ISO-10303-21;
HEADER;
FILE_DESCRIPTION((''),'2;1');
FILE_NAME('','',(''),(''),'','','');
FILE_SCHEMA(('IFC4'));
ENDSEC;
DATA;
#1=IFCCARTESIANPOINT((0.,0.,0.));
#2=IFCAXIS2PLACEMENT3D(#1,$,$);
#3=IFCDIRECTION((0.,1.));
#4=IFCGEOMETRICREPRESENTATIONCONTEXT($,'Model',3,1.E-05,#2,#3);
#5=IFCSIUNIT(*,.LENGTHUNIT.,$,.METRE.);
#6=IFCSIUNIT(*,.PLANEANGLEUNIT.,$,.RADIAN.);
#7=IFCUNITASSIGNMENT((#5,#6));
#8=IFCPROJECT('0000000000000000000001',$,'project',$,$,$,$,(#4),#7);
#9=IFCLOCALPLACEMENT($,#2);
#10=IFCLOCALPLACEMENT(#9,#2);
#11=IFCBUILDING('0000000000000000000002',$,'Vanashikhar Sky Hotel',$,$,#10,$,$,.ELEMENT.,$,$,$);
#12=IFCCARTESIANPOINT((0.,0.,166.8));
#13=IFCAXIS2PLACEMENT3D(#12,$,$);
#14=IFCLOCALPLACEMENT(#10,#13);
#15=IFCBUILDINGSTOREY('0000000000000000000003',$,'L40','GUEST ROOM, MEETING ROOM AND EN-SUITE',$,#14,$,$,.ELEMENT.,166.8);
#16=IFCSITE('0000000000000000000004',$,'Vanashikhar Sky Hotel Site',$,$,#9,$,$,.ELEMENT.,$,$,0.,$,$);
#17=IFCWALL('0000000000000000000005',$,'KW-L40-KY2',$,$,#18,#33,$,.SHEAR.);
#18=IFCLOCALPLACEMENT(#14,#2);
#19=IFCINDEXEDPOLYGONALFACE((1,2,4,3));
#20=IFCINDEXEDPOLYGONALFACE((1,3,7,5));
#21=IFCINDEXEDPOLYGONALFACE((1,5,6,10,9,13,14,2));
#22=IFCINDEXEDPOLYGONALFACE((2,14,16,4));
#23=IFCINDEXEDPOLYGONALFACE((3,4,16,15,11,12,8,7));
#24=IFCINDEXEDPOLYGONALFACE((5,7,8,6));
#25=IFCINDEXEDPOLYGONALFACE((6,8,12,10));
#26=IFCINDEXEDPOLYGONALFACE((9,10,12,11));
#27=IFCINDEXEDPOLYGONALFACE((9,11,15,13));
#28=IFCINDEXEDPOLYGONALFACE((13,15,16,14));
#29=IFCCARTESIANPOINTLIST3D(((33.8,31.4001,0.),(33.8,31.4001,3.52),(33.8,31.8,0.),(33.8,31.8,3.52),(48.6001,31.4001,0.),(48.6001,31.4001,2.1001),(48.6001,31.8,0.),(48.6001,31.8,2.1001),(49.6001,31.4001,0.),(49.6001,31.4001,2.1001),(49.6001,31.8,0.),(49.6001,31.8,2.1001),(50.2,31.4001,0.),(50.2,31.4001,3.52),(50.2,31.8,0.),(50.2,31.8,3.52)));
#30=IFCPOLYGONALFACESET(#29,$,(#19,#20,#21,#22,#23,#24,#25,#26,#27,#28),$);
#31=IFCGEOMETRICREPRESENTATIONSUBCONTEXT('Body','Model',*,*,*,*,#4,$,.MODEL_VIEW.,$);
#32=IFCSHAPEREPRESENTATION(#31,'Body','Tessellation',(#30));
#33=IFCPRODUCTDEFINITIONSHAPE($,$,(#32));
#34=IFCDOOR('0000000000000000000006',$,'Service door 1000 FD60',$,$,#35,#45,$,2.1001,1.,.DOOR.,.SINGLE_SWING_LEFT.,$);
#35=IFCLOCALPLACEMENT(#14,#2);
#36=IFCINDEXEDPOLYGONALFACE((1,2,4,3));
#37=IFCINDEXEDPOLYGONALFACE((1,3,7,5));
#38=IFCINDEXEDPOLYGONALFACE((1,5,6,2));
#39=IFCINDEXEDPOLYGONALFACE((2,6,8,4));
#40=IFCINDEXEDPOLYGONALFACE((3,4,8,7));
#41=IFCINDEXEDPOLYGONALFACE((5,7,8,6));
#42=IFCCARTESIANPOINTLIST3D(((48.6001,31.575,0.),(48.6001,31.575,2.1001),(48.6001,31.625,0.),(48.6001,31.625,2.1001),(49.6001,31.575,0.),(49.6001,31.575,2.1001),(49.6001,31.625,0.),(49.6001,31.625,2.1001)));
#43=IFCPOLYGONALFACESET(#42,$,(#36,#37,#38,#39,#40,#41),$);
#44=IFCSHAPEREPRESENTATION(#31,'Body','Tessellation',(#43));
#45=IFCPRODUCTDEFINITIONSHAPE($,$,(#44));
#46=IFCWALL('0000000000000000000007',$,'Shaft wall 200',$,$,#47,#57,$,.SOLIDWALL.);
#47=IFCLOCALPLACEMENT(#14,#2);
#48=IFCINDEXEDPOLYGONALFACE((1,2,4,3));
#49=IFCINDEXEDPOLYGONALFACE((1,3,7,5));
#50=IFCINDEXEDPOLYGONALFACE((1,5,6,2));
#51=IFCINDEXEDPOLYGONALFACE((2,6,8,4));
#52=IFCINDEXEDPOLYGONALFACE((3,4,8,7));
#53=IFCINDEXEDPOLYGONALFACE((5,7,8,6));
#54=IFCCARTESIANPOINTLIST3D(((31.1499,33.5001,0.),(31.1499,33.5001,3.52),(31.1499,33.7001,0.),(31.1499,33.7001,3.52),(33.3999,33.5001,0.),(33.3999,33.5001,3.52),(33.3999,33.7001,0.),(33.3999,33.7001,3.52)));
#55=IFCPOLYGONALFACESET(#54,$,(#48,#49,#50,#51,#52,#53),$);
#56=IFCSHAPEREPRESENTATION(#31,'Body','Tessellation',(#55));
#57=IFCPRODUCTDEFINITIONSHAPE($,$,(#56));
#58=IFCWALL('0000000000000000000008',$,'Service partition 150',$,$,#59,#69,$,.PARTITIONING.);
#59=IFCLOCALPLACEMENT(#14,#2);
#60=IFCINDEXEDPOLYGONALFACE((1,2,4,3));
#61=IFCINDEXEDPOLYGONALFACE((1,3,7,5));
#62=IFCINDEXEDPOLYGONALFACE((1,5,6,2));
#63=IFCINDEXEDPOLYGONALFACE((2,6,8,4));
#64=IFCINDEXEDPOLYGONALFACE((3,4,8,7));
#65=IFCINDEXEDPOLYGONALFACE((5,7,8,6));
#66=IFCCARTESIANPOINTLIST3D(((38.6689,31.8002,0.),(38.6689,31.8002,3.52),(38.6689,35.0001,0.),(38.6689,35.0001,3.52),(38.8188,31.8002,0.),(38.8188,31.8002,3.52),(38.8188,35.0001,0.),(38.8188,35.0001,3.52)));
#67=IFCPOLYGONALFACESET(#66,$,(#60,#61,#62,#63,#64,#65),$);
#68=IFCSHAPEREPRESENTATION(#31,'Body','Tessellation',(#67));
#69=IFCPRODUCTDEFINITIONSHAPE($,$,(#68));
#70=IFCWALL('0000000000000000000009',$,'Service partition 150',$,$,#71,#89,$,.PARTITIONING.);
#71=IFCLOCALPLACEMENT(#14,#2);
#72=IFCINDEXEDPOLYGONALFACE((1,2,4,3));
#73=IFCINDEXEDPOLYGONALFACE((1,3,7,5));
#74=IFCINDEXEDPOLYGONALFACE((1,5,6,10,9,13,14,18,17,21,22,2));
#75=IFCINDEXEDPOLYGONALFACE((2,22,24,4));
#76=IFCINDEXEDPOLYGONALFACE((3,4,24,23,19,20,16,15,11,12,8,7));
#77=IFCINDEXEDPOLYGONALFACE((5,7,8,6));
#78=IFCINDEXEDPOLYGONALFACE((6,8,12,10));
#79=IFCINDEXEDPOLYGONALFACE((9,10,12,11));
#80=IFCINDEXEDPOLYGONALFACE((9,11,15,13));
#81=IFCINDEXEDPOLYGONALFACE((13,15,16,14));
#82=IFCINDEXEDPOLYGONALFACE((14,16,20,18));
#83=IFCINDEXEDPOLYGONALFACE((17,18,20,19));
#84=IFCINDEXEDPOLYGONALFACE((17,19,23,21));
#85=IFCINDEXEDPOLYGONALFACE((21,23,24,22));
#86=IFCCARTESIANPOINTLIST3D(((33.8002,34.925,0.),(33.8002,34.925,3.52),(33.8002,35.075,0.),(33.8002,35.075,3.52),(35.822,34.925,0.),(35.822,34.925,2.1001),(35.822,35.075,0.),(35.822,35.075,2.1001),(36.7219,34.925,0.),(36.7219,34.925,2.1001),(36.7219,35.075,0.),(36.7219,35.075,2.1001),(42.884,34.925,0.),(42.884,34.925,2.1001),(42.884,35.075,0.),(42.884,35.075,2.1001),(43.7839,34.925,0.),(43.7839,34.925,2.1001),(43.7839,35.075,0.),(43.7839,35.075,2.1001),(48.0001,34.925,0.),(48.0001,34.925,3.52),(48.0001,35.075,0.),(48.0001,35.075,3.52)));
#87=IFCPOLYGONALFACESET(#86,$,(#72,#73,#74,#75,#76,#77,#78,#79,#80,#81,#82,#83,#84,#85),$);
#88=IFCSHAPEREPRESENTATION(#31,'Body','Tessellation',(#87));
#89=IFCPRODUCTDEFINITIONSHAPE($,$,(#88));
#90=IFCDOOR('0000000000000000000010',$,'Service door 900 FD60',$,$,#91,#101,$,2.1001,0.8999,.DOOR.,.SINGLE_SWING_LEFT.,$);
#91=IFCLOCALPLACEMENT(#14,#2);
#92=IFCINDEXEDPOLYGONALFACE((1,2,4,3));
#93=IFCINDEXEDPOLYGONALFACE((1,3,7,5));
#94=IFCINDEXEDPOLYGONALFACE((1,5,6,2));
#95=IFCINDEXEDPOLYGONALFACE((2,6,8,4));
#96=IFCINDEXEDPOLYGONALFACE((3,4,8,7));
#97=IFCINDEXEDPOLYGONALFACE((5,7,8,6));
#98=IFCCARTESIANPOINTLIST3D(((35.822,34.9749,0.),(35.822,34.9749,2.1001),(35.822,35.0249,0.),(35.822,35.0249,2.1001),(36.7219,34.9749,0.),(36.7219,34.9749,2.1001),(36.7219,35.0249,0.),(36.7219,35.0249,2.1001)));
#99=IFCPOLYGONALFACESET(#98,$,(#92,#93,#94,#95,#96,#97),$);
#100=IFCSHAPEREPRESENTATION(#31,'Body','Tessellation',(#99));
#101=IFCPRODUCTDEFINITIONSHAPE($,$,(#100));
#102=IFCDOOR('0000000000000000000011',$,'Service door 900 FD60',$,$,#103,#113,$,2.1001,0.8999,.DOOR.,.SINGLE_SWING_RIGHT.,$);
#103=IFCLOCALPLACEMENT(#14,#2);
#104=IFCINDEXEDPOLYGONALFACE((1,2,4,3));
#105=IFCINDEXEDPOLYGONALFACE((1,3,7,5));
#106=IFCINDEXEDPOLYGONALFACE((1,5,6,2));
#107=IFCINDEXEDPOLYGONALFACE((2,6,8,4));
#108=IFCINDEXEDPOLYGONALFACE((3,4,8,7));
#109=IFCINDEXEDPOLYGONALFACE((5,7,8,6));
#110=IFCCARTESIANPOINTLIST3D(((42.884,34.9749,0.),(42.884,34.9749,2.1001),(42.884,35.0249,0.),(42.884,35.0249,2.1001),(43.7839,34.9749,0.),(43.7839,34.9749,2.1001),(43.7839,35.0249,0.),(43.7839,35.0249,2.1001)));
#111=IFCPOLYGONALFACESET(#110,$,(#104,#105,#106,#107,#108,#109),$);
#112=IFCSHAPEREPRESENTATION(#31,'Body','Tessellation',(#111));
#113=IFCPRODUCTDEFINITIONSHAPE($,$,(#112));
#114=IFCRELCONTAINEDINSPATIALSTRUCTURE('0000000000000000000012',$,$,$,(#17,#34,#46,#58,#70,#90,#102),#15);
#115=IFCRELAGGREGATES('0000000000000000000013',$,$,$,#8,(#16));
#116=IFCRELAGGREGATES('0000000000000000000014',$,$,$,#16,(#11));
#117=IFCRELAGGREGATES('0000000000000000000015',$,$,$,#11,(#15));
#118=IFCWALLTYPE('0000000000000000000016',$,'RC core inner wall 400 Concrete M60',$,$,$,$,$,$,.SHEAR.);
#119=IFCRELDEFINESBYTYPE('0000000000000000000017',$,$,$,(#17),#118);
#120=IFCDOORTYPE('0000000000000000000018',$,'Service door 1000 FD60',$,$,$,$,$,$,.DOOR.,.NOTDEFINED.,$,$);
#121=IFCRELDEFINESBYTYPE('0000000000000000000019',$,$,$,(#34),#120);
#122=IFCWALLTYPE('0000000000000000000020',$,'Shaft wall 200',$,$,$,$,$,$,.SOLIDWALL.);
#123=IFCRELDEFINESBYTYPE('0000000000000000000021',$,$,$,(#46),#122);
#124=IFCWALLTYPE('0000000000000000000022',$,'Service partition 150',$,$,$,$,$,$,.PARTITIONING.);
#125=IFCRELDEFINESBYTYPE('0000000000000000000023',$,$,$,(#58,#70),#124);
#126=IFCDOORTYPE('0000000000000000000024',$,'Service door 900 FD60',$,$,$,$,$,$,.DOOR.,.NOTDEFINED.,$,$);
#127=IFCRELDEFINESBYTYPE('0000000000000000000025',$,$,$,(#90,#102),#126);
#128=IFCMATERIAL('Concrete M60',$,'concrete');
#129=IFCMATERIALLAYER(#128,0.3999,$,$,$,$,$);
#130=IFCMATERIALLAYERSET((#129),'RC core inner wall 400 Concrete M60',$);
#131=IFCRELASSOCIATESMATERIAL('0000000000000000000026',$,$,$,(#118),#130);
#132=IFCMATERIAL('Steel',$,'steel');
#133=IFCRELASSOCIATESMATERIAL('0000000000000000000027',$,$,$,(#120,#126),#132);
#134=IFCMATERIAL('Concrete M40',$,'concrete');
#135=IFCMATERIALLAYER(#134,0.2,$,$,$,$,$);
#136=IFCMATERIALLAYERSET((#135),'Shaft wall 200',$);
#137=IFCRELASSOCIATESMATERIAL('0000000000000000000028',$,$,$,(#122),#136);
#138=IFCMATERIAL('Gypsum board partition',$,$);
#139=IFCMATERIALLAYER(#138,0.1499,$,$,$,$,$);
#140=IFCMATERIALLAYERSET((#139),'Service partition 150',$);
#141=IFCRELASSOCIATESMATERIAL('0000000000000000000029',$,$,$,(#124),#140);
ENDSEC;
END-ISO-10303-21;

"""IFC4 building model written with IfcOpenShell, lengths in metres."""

from ifc_helpers import new_model, si_unit, direction, frame, frame_2d, origin, place, context, subcontext, project, spatial, rectangle, extrude, source, transform, mapped, material, layer, layer_set, type_object, element, fill, save


model = new_model("IFC4")

# Units and contexts
model_context = context("Model", 3, precision=1e-05, world=origin(), true_north=direction((0.0, 1.0)))
body_context = subcontext(model_context, "Body", "Model", "MODEL_VIEW")
ifc_project = project(units=[si_unit("LENGTHUNIT", "METRE"), si_unit("PLANEANGLEUNIT", "RADIAN")], contexts=[model_context])

# Site, building, storey
site_placement = place(None, origin())
site = spatial("IfcSite", under=ifc_project, at=site_placement, Name="Vanashikhar Sky Hotel Site", CompositionType="ELEMENT", RefElevation=0.0)
building_placement = place(site_placement, origin())
building = spatial("IfcBuilding", under=site, at=building_placement, Name="Vanashikhar Sky Hotel", CompositionType="ELEMENT")
storey_placement = place(building_placement, frame((0.0, 0.0, 166.8)))
storey = spatial("IfcBuildingStorey", under=building, at=storey_placement, Name="L40", Description="GUEST ROOM, MEETING ROOM AND EN-SUITE", CompositionType="ELEMENT", Elevation=166.8)

# Wall, opening, door
ifc_material_1 = material(Name="Concrete M60", Category="concrete")
ifc_layer_1 = layer(ifc_material_1, 0.3999)
ifc_layer_set_1 = layer_set([ifc_layer_1], Name="RC core inner wall 400 Concrete M60")
wall_type_1 = type_object("IfcWallType", Name="RC core inner wall 400 Concrete M60", PredefinedType="SHEAR", material=ifc_layer_set_1)
shared_shape_1 = source(origin(), body_context, "Body", "SweptSolid", [
    extrude(rectangle(XDim=16.3999, YDim=0.3999, at=frame_2d((8.2, 0.0))), origin(), (0.0, 0.0, 1.0), 3.52),
])
wall_1_placement = place(storey_placement, frame((33.8, 31.6001, 0.0), z_axis=(0.0, 0.0, 1.0), x_axis=(1.0, 0.0, 0.0)))
wall_1 = element("IfcWall", 1, at=wall_1_placement, inside=storey, type_object=wall_type_1, Name="KW-L40-KY2", PredefinedType="SHEAR", context=body_context, shape_type="MappedRepresentation", body=[
    mapped(shared_shape_1, transform((0.0, 0.0, 0.0), scale=1.0)),
])
shared_shape_2 = source(origin(), body_context, "Body", "SweptSolid", [
    extrude(rectangle(XDim=1.0, YDim=2.1001, at=frame_2d((0.5, 1.05))), frame((0.0, 0.21, 0.0), z_axis=(0.0, -1.0, 0.0), x_axis=(1.0, 0.0, 0.0)), (0.0, 0.0, 1.0), 0.4199),
])
opening_1_placement = place(wall_1_placement, frame((14.8, 0.0, 0.0)))
opening_1 = element("IfcOpeningElement", 2, at=opening_1_placement, cuts=wall_1, PredefinedType="OPENING", context=body_context, shape_type="MappedRepresentation", body=[
    mapped(shared_shape_2, transform((0.0, 0.0, 0.0), scale=1.0)),
])
ifc_material_2 = material(Name="Steel", Category="steel")
door_type_1 = type_object("IfcDoorType", Name="Service door 1000 FD60", OperationType="NOTDEFINED", PredefinedType="DOOR", material=ifc_material_2)
shared_shape_3 = source(origin(), body_context, "Body", "SweptSolid", [
    extrude(rectangle(XDim=1.0, YDim=2.1001, at=frame_2d((0.5, 1.05))), frame((0.0, 0.0249, 0.0), z_axis=(0.0, -1.0, 0.0), x_axis=(1.0, 0.0, 0.0)), (0.0, 0.0, 1.0), 0.05),
])
door_1_placement = place(opening_1_placement, origin())
door_1 = element("IfcDoor", 3, at=door_1_placement, inside=storey, type_object=door_type_1, Name="Service door 1000 FD60", OperationType="SINGLE_SWING_LEFT", OverallHeight=2.1001, OverallWidth=1.0, PredefinedType="DOOR", context=body_context, shape_type="MappedRepresentation", body=[
    mapped(shared_shape_3, transform((0.0, 0.0, 0.0), scale=1.0)),
])
fill(opening_1, door_1)

# Walls
ifc_material_3 = material(Name="Concrete M40", Category="concrete")
ifc_layer_2 = layer(ifc_material_3, 0.2)
ifc_layer_set_2 = layer_set([ifc_layer_2], Name="Shaft wall 200")
wall_type_2 = type_object("IfcWallType", Name="Shaft wall 200", PredefinedType="SOLIDWALL", material=ifc_layer_set_2)
shared_shape_4 = source(origin(), body_context, "Body", "SweptSolid", [
    extrude(rectangle(XDim=2.25, YDim=0.2, at=frame_2d((1.125, 0.0))), origin(), (0.0, 0.0, 1.0), 3.52),
])
wall_2_placement = place(storey_placement, frame((31.1499, 33.6001, 0.0), z_axis=(0.0, 0.0, 1.0), x_axis=(1.0, 0.0, 0.0)))
element("IfcWall", 4, at=wall_2_placement, inside=storey, type_object=wall_type_2, Name="Shaft wall 200", PredefinedType="SOLIDWALL", context=body_context, shape_type="MappedRepresentation", body=[
    mapped(shared_shape_4, transform((0.0, 0.0, 0.0), scale=1.0)),
])
ifc_material_4 = material(Name="Gypsum board partition")
ifc_layer_3 = layer(ifc_material_4, 0.1499)
ifc_layer_set_3 = layer_set([ifc_layer_3], Name="Service partition 150")
wall_type_3 = type_object("IfcWallType", Name="Service partition 150", PredefinedType="PARTITIONING", material=ifc_layer_set_3)
shared_shape_5 = source(origin(), body_context, "Body", "SweptSolid", [
    extrude(rectangle(XDim=3.2, YDim=0.1499, at=frame_2d((1.6001, 0.0))), origin(), (0.0, 0.0, 1.0), 3.52),
])
wall_3_placement = place(storey_placement, frame((38.7439, 31.8, 0.0), z_axis=(0.0, 0.0, 1.0), x_axis=(0.0, 1.0, 0.0)))
element("IfcWall", 5, at=wall_3_placement, inside=storey, type_object=wall_type_3, Name="Service partition 150", PredefinedType="PARTITIONING", context=body_context, shape_type="MappedRepresentation", body=[
    mapped(shared_shape_5, transform((0.0, 0.0, 0.0), scale=1.0)),
])

# Wall, openings, doors
shared_shape_6 = source(origin(), body_context, "Body", "SweptSolid", [
    extrude(rectangle(XDim=14.2, YDim=0.1499, at=frame_2d((7.1001, 0.0))), origin(), (0.0, 0.0, 1.0), 3.52),
])
wall_4_placement = place(storey_placement, frame((33.8, 35.0, 0.0), z_axis=(0.0, 0.0, 1.0), x_axis=(1.0, 0.0, 0.0)))
wall_4 = element("IfcWall", 6, at=wall_4_placement, inside=storey, type_object=wall_type_3, Name="Service partition 150", PredefinedType="PARTITIONING", context=body_context, shape_type="MappedRepresentation", body=[
    mapped(shared_shape_6, transform((0.0, 0.0, 0.0), scale=1.0)),
])
shared_shape_7 = source(origin(), body_context, "Body", "SweptSolid", [
    extrude(rectangle(XDim=0.8999, YDim=2.1001, at=frame_2d((0.45, 1.05))), frame((0.0, 0.085, 0.0), z_axis=(0.0, -1.0, 0.0), x_axis=(1.0, 0.0, 0.0)), (0.0, 0.0, 1.0), 0.1699),
])
opening_2_placement = place(wall_4_placement, frame((2.022, 0.0, 0.0)))
opening_2 = element("IfcOpeningElement", 7, at=opening_2_placement, cuts=wall_4, PredefinedType="OPENING", context=body_context, shape_type="MappedRepresentation", body=[
    mapped(shared_shape_7, transform((0.0, 0.0, 0.0), scale=1.0)),
])
opening_3_placement = place(wall_4_placement, frame((9.084, 0.0, 0.0)))
opening_3 = element("IfcOpeningElement", 8, at=opening_3_placement, cuts=wall_4, PredefinedType="OPENING", context=body_context, shape_type="MappedRepresentation", body=[
    mapped(shared_shape_7, transform((0.0, 0.0, 0.0), scale=1.0)),
])
door_type_2 = type_object("IfcDoorType", Name="Service door 900 FD60", OperationType="NOTDEFINED", PredefinedType="DOOR", material=ifc_material_2)
shared_shape_8 = source(origin(), body_context, "Body", "SweptSolid", [
    extrude(rectangle(XDim=0.8999, YDim=2.1001, at=frame_2d((0.45, 1.05))), frame((0.0, 0.0249, 0.0), z_axis=(0.0, -1.0, 0.0), x_axis=(1.0, 0.0, 0.0)), (0.0, 0.0, 1.0), 0.05),
])
door_2_placement = place(opening_2_placement, origin())
door_2 = element("IfcDoor", 9, at=door_2_placement, inside=storey, type_object=door_type_2, Name="Service door 900 FD60", OperationType="SINGLE_SWING_LEFT", OverallHeight=2.1001, OverallWidth=0.8999, PredefinedType="DOOR", context=body_context, shape_type="MappedRepresentation", body=[
    mapped(shared_shape_8, transform((0.0, 0.0, 0.0), scale=1.0)),
])
fill(opening_2, door_2)
door_3_placement = place(opening_3_placement, origin())
door_3 = element("IfcDoor", 10, at=door_3_placement, inside=storey, type_object=door_type_2, Name="Service door 900 FD60", OperationType="SINGLE_SWING_RIGHT", OverallHeight=2.1001, OverallWidth=0.8999, PredefinedType="DOOR", context=body_context, shape_type="MappedRepresentation", body=[
    mapped(shared_shape_8, transform((0.0, 0.0, 0.0), scale=1.0)),
])
fill(opening_3, door_3)

save(model, "model.ifc")
